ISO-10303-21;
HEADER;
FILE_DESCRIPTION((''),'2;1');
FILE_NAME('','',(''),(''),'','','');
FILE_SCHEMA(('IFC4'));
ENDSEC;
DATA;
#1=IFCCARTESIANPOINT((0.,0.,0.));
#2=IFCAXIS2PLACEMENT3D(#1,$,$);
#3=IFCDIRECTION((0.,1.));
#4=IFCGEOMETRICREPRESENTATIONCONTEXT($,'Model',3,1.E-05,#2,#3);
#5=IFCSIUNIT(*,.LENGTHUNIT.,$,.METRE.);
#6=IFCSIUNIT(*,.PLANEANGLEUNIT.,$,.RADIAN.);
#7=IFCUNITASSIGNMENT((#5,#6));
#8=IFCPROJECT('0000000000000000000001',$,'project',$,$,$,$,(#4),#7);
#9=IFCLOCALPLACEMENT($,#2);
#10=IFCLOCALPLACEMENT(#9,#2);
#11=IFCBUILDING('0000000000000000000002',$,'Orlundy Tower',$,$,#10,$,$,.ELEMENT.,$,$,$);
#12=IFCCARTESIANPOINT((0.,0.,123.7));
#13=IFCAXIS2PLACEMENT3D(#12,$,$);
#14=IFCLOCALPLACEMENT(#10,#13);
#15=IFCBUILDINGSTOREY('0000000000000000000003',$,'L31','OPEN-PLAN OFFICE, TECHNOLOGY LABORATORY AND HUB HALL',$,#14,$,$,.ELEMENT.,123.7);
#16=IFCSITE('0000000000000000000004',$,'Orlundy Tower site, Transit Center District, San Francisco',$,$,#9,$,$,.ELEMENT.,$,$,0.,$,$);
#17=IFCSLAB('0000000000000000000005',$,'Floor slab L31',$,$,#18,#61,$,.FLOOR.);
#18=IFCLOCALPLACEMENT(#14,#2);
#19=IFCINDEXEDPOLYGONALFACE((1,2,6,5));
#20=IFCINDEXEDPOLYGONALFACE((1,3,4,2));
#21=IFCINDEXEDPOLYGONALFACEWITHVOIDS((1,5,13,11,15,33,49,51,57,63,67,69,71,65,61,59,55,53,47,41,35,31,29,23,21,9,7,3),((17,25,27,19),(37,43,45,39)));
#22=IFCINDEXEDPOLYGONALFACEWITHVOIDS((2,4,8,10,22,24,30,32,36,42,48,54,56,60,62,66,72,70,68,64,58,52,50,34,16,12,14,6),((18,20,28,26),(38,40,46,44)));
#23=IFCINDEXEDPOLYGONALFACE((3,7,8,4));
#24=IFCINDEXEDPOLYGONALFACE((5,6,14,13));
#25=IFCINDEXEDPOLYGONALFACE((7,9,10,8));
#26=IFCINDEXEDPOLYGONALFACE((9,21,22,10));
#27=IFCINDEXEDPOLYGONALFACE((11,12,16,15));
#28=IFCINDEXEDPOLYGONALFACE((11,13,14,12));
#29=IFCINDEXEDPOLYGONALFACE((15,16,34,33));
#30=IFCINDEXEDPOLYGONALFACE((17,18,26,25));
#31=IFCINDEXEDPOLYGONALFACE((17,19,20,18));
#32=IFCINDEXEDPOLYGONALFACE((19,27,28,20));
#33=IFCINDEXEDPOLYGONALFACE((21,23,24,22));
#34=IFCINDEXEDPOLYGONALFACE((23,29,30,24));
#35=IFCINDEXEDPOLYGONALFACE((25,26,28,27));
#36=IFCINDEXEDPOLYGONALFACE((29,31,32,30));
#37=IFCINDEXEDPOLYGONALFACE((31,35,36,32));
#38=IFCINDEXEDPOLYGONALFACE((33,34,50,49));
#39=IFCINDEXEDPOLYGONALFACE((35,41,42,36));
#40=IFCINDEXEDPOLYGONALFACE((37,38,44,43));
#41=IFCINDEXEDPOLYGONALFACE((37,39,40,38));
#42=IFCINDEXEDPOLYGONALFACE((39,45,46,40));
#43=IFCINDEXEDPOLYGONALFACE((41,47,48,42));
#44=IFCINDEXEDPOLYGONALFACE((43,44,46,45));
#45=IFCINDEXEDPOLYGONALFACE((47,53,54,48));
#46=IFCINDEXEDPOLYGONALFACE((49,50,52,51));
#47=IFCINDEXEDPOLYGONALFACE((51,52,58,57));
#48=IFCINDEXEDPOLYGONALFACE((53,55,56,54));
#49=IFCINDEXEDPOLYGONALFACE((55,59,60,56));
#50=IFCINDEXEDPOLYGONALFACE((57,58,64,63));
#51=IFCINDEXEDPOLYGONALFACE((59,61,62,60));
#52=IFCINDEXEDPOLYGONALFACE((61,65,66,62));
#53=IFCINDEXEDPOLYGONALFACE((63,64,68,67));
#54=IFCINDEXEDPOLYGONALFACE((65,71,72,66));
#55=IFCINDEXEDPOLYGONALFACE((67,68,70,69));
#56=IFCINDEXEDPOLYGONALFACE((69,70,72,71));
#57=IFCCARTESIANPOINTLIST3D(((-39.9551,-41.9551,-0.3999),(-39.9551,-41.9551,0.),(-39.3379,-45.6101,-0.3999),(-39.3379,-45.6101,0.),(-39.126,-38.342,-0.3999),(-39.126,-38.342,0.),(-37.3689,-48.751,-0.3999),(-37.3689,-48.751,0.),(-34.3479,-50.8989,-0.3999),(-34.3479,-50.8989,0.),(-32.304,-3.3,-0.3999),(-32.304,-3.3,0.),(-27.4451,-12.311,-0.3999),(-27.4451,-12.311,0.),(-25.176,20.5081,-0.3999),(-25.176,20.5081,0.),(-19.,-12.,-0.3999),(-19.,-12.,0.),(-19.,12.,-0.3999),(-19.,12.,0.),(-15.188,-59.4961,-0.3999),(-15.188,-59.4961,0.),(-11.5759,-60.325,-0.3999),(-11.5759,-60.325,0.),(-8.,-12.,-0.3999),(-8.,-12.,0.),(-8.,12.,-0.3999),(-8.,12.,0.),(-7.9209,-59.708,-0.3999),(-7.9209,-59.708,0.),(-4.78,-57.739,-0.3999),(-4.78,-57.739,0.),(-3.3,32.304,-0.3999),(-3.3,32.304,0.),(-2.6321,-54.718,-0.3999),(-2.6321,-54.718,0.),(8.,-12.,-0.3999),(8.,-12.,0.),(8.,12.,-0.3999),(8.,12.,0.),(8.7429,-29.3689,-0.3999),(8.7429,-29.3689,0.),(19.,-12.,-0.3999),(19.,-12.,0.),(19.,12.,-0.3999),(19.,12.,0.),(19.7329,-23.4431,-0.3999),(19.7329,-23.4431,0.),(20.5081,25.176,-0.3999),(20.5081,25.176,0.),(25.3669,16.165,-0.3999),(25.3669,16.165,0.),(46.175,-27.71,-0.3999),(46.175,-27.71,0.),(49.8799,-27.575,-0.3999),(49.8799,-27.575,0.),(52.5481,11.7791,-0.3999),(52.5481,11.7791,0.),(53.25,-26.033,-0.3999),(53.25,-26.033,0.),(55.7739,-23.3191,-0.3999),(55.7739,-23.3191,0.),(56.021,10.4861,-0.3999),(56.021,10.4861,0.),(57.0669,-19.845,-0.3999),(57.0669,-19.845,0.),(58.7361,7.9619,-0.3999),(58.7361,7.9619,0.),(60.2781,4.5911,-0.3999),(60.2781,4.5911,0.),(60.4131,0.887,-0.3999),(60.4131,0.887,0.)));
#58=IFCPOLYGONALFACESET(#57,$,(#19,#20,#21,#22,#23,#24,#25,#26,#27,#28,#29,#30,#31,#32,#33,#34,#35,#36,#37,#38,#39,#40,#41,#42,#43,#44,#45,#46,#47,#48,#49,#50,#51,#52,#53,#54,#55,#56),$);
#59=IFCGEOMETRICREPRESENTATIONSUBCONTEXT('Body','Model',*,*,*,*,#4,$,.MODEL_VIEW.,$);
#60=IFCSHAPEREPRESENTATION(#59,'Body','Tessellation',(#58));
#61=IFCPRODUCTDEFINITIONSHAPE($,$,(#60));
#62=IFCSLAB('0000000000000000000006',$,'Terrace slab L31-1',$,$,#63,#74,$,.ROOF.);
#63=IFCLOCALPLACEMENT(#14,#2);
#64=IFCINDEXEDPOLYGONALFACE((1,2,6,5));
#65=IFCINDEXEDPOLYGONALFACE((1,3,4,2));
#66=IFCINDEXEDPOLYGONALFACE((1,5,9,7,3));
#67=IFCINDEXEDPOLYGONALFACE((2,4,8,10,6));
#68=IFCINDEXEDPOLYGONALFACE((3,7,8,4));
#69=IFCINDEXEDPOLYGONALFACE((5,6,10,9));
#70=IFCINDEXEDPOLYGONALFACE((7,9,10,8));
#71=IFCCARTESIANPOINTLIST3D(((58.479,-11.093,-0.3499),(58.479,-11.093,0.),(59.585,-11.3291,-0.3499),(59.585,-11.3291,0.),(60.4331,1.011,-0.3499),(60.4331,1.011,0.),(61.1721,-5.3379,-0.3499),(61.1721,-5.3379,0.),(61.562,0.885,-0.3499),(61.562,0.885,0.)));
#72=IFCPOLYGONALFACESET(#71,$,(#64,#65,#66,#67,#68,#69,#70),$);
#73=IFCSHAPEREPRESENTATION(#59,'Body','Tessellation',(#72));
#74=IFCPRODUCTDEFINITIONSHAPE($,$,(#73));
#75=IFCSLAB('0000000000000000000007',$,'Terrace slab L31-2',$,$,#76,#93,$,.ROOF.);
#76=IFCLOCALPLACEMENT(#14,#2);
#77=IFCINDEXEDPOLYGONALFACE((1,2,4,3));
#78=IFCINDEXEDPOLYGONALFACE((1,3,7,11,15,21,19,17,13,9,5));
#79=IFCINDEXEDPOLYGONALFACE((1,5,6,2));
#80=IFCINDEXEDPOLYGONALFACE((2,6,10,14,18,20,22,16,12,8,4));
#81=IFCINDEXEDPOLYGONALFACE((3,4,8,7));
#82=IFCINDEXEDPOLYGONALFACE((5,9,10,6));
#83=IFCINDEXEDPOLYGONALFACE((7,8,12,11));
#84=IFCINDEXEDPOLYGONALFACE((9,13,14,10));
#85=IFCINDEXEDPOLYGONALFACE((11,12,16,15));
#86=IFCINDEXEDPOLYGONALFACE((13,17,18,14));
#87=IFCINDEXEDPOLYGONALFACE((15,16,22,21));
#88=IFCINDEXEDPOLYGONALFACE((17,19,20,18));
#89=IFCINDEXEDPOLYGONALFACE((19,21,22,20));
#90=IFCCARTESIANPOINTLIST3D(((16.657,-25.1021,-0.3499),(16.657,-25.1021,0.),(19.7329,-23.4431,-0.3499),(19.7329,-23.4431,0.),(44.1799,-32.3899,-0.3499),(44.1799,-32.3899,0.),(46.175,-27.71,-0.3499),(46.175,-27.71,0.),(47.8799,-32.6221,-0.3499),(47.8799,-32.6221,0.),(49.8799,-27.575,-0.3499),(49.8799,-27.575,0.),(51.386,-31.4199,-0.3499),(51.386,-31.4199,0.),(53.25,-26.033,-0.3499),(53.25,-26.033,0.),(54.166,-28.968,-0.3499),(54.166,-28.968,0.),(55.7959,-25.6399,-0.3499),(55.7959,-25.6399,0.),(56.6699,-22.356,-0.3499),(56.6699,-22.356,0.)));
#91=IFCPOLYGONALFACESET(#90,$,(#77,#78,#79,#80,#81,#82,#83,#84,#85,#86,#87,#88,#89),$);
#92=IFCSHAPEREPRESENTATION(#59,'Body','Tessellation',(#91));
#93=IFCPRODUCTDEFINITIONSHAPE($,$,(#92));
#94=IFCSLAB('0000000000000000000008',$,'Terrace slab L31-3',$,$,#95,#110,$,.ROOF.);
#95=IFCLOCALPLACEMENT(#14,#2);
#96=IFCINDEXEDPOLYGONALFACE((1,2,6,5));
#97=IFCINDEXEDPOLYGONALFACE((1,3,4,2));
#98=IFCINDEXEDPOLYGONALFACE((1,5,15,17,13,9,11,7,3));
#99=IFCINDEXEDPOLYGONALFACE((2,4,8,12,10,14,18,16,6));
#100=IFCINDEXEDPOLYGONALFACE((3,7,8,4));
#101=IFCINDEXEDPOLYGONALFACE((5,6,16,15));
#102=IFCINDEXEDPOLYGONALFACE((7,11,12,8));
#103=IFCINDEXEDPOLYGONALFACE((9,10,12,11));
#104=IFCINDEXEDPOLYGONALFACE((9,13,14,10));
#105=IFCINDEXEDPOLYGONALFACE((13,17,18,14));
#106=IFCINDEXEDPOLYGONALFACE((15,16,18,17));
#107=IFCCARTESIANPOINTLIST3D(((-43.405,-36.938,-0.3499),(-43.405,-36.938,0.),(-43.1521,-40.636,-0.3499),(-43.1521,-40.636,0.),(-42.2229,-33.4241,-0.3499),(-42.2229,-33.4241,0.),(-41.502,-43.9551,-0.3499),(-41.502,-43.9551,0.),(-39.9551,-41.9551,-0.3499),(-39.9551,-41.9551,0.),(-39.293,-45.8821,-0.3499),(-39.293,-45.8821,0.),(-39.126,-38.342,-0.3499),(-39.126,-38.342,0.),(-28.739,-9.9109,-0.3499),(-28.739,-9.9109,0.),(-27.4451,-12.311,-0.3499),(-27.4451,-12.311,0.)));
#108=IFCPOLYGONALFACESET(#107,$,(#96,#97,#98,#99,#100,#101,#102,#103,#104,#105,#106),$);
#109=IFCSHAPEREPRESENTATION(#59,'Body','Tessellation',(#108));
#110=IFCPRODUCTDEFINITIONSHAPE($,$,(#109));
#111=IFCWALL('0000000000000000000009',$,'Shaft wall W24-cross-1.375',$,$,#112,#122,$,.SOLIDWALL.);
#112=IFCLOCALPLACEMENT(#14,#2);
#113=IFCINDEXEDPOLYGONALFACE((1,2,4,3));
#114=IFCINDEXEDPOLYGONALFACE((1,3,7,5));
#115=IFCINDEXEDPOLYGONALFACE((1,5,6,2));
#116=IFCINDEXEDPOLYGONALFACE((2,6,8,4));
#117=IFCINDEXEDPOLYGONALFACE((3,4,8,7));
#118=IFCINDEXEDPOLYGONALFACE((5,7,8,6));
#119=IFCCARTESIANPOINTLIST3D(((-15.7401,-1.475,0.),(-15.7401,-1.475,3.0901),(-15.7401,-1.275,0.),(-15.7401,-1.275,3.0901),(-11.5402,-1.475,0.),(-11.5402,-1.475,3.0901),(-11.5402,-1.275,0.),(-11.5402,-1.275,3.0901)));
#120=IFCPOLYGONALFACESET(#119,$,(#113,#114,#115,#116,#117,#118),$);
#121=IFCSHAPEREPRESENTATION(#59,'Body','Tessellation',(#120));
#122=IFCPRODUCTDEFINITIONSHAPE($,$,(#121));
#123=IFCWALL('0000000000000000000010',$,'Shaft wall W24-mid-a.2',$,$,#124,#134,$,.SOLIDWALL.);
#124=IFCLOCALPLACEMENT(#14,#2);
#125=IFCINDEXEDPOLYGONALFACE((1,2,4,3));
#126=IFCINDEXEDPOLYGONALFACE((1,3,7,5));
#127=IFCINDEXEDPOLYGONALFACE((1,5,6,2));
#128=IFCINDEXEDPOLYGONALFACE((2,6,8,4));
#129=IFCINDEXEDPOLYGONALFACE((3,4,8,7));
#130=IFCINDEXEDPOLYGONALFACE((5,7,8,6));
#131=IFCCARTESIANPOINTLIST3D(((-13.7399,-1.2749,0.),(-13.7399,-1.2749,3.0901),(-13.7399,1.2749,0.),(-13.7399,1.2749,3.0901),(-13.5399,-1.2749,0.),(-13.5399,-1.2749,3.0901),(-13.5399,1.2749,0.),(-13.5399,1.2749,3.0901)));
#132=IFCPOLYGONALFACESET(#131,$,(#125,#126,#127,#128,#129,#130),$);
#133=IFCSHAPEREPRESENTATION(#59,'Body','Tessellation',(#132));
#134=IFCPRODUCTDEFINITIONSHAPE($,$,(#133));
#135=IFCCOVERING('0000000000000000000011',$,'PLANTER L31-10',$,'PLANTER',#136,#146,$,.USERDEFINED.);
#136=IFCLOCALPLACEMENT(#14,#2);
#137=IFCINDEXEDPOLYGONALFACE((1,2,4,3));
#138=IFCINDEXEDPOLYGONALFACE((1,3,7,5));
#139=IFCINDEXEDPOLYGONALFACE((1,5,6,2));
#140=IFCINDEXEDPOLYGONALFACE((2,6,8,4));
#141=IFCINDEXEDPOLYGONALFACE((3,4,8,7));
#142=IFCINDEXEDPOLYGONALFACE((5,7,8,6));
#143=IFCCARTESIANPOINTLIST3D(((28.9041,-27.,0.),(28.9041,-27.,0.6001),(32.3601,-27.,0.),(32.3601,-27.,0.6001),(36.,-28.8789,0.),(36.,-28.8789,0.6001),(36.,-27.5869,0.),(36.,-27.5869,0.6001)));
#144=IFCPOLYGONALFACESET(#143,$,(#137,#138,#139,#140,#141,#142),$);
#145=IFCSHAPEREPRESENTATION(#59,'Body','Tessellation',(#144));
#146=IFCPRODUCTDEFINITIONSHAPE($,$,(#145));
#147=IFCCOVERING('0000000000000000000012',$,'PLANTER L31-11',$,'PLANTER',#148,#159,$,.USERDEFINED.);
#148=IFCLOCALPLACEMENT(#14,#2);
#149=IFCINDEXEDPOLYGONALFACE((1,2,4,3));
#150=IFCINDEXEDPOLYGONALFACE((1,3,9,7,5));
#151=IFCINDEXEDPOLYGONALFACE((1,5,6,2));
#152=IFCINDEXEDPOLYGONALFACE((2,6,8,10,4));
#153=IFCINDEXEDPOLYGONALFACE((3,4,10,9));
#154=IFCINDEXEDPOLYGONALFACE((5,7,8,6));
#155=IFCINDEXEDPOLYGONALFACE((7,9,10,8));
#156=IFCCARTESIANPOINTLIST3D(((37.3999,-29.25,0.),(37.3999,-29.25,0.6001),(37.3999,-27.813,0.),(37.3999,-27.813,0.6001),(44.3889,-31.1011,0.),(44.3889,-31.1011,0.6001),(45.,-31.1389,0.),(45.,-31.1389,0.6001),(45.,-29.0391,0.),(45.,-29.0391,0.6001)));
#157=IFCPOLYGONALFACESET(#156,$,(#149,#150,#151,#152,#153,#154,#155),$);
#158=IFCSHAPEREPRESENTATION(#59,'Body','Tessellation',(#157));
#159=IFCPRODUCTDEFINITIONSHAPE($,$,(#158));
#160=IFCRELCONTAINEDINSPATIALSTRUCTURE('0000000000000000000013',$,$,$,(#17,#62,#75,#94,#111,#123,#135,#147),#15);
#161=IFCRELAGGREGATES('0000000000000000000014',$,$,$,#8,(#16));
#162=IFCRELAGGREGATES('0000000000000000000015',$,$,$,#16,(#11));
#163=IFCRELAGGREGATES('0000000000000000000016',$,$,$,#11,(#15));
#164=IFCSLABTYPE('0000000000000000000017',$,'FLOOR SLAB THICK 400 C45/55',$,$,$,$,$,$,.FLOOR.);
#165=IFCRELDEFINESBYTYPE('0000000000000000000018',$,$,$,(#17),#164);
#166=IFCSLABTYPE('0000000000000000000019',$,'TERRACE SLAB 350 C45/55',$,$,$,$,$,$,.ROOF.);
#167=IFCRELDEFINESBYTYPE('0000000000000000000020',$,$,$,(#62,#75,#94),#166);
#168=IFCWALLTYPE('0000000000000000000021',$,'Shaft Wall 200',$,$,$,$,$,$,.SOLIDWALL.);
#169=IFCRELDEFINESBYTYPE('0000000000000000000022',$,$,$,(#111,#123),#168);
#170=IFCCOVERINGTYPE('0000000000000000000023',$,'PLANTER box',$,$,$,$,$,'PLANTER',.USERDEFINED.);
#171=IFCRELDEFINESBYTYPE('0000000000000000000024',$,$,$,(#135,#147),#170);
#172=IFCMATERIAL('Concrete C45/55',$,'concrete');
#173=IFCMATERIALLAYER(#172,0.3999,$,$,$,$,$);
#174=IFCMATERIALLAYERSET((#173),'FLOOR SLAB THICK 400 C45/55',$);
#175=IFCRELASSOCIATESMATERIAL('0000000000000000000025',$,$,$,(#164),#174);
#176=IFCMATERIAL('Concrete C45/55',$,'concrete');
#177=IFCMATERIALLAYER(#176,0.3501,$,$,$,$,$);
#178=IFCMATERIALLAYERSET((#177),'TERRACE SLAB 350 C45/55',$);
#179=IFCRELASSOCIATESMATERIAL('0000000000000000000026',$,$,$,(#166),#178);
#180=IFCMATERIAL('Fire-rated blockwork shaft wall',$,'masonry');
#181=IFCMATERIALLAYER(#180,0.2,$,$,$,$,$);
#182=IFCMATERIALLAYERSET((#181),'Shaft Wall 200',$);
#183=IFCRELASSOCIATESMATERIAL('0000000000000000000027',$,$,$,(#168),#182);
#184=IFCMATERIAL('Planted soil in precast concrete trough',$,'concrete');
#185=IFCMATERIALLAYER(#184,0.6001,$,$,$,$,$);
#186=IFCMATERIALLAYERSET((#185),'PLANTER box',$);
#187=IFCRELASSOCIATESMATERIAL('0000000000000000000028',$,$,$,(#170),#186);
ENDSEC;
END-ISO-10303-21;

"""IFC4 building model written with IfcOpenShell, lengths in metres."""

from ifc_helpers import new_model, si_unit, direction, frame, frame_2d, origin, place, context, subcontext, project, spatial, polyline, rectangle, outline, extrude, material, layer, layer_set, type_object, element, save


model = new_model("IFC4")

# Units and contexts
model_context = context("Model", 3, precision=1e-05, world=origin(), true_north=direction((0.0, 1.0)))
body_context = subcontext(model_context, "Body", "Model", "MODEL_VIEW")
ifc_project = project(units=[si_unit("LENGTHUNIT", "METRE"), si_unit("PLANEANGLEUNIT", "RADIAN")], contexts=[model_context])

# Site, building, storey
site_placement = place(None, origin())
site = spatial("IfcSite", under=ifc_project, at=site_placement, Name="Orlundy Tower site, Transit Center District, San Francisco", CompositionType="ELEMENT", RefElevation=0.0)
building_placement = place(site_placement, origin())
building = spatial("IfcBuilding", under=site, at=building_placement, Name="Orlundy Tower", CompositionType="ELEMENT")
storey_placement = place(building_placement, frame((0.0, 0.0, 123.7)))
storey = spatial("IfcBuildingStorey", under=building, at=storey_placement, Name="L31", Description="OPEN-PLAN OFFICE, TECHNOLOGY LABORATORY AND HUB HALL", CompositionType="ELEMENT", Elevation=123.7)

# Slabs
ifc_material_1 = material(Name="Concrete C45/55", Category="concrete")
ifc_layer_1 = layer(ifc_material_1, 0.3999)
ifc_layer_set_1 = layer_set([ifc_layer_1], Name="FLOOR SLAB THICK 400 C45/55")
slab_type_1 = type_object("IfcSlabType", Name="FLOOR SLAB THICK 400 C45/55", PredefinedType="FLOOR", material=ifc_layer_set_1)
slab_1_placement = place(storey_placement, frame((0.0, 0.0, -0.3999)))
element("IfcSlab", 1, at=slab_1_placement, inside=storey, type_object=slab_type_1, Name="Floor slab L31", PredefinedType="FLOOR", context=body_context, shape_type="SweptSolid", body=[
    extrude(outline(polyline([(-27.4451, -12.311), (-32.304, -3.3), (-25.176, 20.5081), (-3.3, 32.304), (20.5081, 25.176), (25.3669, 16.165), (52.5481, 11.7791), (56.021, 10.4861), (58.7361, 7.9619), (60.2781, 4.5911), (60.4131, 0.887), (57.0669, -19.845), (55.7739, -23.3191), (53.25, -26.033), (49.8799, -27.575), (46.175, -27.71), (19.7329, -23.4431), (8.7429, -29.3689), (-2.6321, -54.718), (-4.78, -57.739), (-7.9209, -59.708), (-11.5759, -60.325), (-15.188, -59.4961), (-34.3479, -50.8989), (-37.3689, -48.751), (-39.3379, -45.6101), (-39.9551, -41.9551), (-39.126, -38.342), (-27.4451, -12.311)]), holes=[polyline([(-8.0, -12.0), (-8.0, 12.0), (-19.0, 12.0), (-19.0, -12.0), (-8.0, -12.0)]), polyline([(19.0, -12.0), (19.0, 12.0), (8.0, 12.0), (8.0, -12.0), (19.0, -12.0)])]), origin(), (0.0, 0.0, 1.0), 0.3999),
])
ifc_material_2 = material(Name="Concrete C45/55", Category="concrete")
ifc_layer_2 = layer(ifc_material_2, 0.3501)
ifc_layer_set_2 = layer_set([ifc_layer_2], Name="TERRACE SLAB 350 C45/55")
slab_type_2 = type_object("IfcSlabType", Name="TERRACE SLAB 350 C45/55", PredefinedType="ROOF", material=ifc_layer_set_2)
slab_2_placement = place(storey_placement, frame((0.0, 0.0, -0.3499)))
element("IfcSlab", 2, at=slab_2_placement, inside=storey, type_object=slab_type_2, Name="Terrace slab L31-1", PredefinedType="ROOF", context=body_context, shape_type="SweptSolid", body=[
    extrude(outline(polyline([(59.585, -11.3291), (58.479, -11.093), (60.4331, 1.011), (61.562, 0.885), (61.1721, -5.3379), (59.585, -11.3291)])), origin(), (0.0, 0.0, 1.0), 0.3499),
])
slab_3_placement = place(storey_placement, frame((0.0, 0.0, -0.3499)))
element("IfcSlab", 3, at=slab_3_placement, inside=storey, type_object=slab_type_2, Name="Terrace slab L31-2", PredefinedType="ROOF", context=body_context, shape_type="SweptSolid", body=[
    extrude(outline(polyline([(16.657, -25.1021), (19.7329, -23.4431), (46.175, -27.71), (49.8799, -27.575), (53.25, -26.033), (56.6699, -22.356), (55.7959, -25.6399), (54.166, -28.968), (51.386, -31.4199), (47.8799, -32.6221), (44.1799, -32.3899), (16.657, -25.1021)])), origin(), (0.0, 0.0, 1.0), 0.3499),
])
slab_4_placement = place(storey_placement, frame((0.0, 0.0, -0.3499)))
element("IfcSlab", 4, at=slab_4_placement, inside=storey, type_object=slab_type_2, Name="Terrace slab L31-3", PredefinedType="ROOF", context=body_context, shape_type="SweptSolid", body=[
    extrude(outline(polyline([(-41.502, -43.9551), (-43.1521, -40.636), (-43.405, -36.938), (-42.2229, -33.4241), (-28.739, -9.9109), (-27.4451, -12.311), (-39.126, -38.342), (-39.9551, -41.9551), (-39.293, -45.8821), (-41.502, -43.9551)])), origin(), (0.0, 0.0, 1.0), 0.3499),
])

# Walls
ifc_material_3 = material(Name="Fire-rated blockwork shaft wall", Category="masonry")
ifc_layer_3 = layer(ifc_material_3, 0.2)
ifc_layer_set_3 = layer_set([ifc_layer_3], Name="Shaft Wall 200")
wall_type = type_object("IfcWallType", Name="Shaft Wall 200", PredefinedType="SOLIDWALL", material=ifc_layer_set_3)
wall_1_placement = place(storey_placement, frame((-11.54, -1.375, 0.0), z_axis=(0.0, 0.0, 1.0), x_axis=(-1.0, 0.0, 0.0)))
element("IfcWall", 5, at=wall_1_placement, inside=storey, type_object=wall_type, Name="Shaft wall W24-cross-1.375", PredefinedType="SOLIDWALL", context=body_context, shape_type="SweptSolid", body=[
    extrude(rectangle(XDim=4.2, YDim=0.2, at=frame_2d((2.1001, 0.0))), origin(), (0.0, 0.0, 1.0), 3.0901),
])
wall_2_placement = place(storey_placement, frame((-13.6399, -1.2749, 0.0), z_axis=(0.0, 0.0, 1.0), x_axis=(0.0, 1.0, 0.0)))
element("IfcWall", 6, at=wall_2_placement, inside=storey, type_object=wall_type, Name="Shaft wall W24-mid-a.2", PredefinedType="SOLIDWALL", context=body_context, shape_type="SweptSolid", body=[
    extrude(rectangle(XDim=2.5498, YDim=0.2, at=frame_2d((1.2749, 0.0))), origin(), (0.0, 0.0, 1.0), 3.0901),
])

# Coverings
ifc_material_4 = material(Name="Planted soil in precast concrete trough", Category="concrete")
ifc_layer_4 = layer(ifc_material_4, 0.6001)
ifc_layer_set_4 = layer_set([ifc_layer_4], Name="PLANTER box")
covering_type = type_object("IfcCoveringType", Name="PLANTER box", ElementType="PLANTER", PredefinedType="USERDEFINED", material=ifc_layer_set_4)
covering_1_placement = place(storey_placement, origin())
element("IfcCovering", 7, at=covering_1_placement, inside=storey, type_object=covering_type, Name="PLANTER L31-10", ObjectType="PLANTER", PredefinedType="USERDEFINED", context=body_context, shape_type="SweptSolid", body=[
    extrude(outline(polyline([(28.9041, -27.0), (32.3601, -27.0), (36.0, -27.5869), (36.0, -28.8789), (28.9041, -27.0)])), origin(), (0.0, 0.0, 1.0), 0.6001),
])
covering_2_placement = place(storey_placement, origin())
element("IfcCovering", 8, at=covering_2_placement, inside=storey, type_object=covering_type, Name="PLANTER L31-11", ObjectType="PLANTER", PredefinedType="USERDEFINED", context=body_context, shape_type="SweptSolid", body=[
    extrude(outline(polyline([(44.3889, -31.1011), (37.3999, -29.25), (37.3999, -27.813), (45.0, -29.0391), (45.0, -31.1389), (44.3889, -31.1011)])), origin(), (0.0, 0.0, 1.0), 0.6001),
])

save(model, "model.ifc")
